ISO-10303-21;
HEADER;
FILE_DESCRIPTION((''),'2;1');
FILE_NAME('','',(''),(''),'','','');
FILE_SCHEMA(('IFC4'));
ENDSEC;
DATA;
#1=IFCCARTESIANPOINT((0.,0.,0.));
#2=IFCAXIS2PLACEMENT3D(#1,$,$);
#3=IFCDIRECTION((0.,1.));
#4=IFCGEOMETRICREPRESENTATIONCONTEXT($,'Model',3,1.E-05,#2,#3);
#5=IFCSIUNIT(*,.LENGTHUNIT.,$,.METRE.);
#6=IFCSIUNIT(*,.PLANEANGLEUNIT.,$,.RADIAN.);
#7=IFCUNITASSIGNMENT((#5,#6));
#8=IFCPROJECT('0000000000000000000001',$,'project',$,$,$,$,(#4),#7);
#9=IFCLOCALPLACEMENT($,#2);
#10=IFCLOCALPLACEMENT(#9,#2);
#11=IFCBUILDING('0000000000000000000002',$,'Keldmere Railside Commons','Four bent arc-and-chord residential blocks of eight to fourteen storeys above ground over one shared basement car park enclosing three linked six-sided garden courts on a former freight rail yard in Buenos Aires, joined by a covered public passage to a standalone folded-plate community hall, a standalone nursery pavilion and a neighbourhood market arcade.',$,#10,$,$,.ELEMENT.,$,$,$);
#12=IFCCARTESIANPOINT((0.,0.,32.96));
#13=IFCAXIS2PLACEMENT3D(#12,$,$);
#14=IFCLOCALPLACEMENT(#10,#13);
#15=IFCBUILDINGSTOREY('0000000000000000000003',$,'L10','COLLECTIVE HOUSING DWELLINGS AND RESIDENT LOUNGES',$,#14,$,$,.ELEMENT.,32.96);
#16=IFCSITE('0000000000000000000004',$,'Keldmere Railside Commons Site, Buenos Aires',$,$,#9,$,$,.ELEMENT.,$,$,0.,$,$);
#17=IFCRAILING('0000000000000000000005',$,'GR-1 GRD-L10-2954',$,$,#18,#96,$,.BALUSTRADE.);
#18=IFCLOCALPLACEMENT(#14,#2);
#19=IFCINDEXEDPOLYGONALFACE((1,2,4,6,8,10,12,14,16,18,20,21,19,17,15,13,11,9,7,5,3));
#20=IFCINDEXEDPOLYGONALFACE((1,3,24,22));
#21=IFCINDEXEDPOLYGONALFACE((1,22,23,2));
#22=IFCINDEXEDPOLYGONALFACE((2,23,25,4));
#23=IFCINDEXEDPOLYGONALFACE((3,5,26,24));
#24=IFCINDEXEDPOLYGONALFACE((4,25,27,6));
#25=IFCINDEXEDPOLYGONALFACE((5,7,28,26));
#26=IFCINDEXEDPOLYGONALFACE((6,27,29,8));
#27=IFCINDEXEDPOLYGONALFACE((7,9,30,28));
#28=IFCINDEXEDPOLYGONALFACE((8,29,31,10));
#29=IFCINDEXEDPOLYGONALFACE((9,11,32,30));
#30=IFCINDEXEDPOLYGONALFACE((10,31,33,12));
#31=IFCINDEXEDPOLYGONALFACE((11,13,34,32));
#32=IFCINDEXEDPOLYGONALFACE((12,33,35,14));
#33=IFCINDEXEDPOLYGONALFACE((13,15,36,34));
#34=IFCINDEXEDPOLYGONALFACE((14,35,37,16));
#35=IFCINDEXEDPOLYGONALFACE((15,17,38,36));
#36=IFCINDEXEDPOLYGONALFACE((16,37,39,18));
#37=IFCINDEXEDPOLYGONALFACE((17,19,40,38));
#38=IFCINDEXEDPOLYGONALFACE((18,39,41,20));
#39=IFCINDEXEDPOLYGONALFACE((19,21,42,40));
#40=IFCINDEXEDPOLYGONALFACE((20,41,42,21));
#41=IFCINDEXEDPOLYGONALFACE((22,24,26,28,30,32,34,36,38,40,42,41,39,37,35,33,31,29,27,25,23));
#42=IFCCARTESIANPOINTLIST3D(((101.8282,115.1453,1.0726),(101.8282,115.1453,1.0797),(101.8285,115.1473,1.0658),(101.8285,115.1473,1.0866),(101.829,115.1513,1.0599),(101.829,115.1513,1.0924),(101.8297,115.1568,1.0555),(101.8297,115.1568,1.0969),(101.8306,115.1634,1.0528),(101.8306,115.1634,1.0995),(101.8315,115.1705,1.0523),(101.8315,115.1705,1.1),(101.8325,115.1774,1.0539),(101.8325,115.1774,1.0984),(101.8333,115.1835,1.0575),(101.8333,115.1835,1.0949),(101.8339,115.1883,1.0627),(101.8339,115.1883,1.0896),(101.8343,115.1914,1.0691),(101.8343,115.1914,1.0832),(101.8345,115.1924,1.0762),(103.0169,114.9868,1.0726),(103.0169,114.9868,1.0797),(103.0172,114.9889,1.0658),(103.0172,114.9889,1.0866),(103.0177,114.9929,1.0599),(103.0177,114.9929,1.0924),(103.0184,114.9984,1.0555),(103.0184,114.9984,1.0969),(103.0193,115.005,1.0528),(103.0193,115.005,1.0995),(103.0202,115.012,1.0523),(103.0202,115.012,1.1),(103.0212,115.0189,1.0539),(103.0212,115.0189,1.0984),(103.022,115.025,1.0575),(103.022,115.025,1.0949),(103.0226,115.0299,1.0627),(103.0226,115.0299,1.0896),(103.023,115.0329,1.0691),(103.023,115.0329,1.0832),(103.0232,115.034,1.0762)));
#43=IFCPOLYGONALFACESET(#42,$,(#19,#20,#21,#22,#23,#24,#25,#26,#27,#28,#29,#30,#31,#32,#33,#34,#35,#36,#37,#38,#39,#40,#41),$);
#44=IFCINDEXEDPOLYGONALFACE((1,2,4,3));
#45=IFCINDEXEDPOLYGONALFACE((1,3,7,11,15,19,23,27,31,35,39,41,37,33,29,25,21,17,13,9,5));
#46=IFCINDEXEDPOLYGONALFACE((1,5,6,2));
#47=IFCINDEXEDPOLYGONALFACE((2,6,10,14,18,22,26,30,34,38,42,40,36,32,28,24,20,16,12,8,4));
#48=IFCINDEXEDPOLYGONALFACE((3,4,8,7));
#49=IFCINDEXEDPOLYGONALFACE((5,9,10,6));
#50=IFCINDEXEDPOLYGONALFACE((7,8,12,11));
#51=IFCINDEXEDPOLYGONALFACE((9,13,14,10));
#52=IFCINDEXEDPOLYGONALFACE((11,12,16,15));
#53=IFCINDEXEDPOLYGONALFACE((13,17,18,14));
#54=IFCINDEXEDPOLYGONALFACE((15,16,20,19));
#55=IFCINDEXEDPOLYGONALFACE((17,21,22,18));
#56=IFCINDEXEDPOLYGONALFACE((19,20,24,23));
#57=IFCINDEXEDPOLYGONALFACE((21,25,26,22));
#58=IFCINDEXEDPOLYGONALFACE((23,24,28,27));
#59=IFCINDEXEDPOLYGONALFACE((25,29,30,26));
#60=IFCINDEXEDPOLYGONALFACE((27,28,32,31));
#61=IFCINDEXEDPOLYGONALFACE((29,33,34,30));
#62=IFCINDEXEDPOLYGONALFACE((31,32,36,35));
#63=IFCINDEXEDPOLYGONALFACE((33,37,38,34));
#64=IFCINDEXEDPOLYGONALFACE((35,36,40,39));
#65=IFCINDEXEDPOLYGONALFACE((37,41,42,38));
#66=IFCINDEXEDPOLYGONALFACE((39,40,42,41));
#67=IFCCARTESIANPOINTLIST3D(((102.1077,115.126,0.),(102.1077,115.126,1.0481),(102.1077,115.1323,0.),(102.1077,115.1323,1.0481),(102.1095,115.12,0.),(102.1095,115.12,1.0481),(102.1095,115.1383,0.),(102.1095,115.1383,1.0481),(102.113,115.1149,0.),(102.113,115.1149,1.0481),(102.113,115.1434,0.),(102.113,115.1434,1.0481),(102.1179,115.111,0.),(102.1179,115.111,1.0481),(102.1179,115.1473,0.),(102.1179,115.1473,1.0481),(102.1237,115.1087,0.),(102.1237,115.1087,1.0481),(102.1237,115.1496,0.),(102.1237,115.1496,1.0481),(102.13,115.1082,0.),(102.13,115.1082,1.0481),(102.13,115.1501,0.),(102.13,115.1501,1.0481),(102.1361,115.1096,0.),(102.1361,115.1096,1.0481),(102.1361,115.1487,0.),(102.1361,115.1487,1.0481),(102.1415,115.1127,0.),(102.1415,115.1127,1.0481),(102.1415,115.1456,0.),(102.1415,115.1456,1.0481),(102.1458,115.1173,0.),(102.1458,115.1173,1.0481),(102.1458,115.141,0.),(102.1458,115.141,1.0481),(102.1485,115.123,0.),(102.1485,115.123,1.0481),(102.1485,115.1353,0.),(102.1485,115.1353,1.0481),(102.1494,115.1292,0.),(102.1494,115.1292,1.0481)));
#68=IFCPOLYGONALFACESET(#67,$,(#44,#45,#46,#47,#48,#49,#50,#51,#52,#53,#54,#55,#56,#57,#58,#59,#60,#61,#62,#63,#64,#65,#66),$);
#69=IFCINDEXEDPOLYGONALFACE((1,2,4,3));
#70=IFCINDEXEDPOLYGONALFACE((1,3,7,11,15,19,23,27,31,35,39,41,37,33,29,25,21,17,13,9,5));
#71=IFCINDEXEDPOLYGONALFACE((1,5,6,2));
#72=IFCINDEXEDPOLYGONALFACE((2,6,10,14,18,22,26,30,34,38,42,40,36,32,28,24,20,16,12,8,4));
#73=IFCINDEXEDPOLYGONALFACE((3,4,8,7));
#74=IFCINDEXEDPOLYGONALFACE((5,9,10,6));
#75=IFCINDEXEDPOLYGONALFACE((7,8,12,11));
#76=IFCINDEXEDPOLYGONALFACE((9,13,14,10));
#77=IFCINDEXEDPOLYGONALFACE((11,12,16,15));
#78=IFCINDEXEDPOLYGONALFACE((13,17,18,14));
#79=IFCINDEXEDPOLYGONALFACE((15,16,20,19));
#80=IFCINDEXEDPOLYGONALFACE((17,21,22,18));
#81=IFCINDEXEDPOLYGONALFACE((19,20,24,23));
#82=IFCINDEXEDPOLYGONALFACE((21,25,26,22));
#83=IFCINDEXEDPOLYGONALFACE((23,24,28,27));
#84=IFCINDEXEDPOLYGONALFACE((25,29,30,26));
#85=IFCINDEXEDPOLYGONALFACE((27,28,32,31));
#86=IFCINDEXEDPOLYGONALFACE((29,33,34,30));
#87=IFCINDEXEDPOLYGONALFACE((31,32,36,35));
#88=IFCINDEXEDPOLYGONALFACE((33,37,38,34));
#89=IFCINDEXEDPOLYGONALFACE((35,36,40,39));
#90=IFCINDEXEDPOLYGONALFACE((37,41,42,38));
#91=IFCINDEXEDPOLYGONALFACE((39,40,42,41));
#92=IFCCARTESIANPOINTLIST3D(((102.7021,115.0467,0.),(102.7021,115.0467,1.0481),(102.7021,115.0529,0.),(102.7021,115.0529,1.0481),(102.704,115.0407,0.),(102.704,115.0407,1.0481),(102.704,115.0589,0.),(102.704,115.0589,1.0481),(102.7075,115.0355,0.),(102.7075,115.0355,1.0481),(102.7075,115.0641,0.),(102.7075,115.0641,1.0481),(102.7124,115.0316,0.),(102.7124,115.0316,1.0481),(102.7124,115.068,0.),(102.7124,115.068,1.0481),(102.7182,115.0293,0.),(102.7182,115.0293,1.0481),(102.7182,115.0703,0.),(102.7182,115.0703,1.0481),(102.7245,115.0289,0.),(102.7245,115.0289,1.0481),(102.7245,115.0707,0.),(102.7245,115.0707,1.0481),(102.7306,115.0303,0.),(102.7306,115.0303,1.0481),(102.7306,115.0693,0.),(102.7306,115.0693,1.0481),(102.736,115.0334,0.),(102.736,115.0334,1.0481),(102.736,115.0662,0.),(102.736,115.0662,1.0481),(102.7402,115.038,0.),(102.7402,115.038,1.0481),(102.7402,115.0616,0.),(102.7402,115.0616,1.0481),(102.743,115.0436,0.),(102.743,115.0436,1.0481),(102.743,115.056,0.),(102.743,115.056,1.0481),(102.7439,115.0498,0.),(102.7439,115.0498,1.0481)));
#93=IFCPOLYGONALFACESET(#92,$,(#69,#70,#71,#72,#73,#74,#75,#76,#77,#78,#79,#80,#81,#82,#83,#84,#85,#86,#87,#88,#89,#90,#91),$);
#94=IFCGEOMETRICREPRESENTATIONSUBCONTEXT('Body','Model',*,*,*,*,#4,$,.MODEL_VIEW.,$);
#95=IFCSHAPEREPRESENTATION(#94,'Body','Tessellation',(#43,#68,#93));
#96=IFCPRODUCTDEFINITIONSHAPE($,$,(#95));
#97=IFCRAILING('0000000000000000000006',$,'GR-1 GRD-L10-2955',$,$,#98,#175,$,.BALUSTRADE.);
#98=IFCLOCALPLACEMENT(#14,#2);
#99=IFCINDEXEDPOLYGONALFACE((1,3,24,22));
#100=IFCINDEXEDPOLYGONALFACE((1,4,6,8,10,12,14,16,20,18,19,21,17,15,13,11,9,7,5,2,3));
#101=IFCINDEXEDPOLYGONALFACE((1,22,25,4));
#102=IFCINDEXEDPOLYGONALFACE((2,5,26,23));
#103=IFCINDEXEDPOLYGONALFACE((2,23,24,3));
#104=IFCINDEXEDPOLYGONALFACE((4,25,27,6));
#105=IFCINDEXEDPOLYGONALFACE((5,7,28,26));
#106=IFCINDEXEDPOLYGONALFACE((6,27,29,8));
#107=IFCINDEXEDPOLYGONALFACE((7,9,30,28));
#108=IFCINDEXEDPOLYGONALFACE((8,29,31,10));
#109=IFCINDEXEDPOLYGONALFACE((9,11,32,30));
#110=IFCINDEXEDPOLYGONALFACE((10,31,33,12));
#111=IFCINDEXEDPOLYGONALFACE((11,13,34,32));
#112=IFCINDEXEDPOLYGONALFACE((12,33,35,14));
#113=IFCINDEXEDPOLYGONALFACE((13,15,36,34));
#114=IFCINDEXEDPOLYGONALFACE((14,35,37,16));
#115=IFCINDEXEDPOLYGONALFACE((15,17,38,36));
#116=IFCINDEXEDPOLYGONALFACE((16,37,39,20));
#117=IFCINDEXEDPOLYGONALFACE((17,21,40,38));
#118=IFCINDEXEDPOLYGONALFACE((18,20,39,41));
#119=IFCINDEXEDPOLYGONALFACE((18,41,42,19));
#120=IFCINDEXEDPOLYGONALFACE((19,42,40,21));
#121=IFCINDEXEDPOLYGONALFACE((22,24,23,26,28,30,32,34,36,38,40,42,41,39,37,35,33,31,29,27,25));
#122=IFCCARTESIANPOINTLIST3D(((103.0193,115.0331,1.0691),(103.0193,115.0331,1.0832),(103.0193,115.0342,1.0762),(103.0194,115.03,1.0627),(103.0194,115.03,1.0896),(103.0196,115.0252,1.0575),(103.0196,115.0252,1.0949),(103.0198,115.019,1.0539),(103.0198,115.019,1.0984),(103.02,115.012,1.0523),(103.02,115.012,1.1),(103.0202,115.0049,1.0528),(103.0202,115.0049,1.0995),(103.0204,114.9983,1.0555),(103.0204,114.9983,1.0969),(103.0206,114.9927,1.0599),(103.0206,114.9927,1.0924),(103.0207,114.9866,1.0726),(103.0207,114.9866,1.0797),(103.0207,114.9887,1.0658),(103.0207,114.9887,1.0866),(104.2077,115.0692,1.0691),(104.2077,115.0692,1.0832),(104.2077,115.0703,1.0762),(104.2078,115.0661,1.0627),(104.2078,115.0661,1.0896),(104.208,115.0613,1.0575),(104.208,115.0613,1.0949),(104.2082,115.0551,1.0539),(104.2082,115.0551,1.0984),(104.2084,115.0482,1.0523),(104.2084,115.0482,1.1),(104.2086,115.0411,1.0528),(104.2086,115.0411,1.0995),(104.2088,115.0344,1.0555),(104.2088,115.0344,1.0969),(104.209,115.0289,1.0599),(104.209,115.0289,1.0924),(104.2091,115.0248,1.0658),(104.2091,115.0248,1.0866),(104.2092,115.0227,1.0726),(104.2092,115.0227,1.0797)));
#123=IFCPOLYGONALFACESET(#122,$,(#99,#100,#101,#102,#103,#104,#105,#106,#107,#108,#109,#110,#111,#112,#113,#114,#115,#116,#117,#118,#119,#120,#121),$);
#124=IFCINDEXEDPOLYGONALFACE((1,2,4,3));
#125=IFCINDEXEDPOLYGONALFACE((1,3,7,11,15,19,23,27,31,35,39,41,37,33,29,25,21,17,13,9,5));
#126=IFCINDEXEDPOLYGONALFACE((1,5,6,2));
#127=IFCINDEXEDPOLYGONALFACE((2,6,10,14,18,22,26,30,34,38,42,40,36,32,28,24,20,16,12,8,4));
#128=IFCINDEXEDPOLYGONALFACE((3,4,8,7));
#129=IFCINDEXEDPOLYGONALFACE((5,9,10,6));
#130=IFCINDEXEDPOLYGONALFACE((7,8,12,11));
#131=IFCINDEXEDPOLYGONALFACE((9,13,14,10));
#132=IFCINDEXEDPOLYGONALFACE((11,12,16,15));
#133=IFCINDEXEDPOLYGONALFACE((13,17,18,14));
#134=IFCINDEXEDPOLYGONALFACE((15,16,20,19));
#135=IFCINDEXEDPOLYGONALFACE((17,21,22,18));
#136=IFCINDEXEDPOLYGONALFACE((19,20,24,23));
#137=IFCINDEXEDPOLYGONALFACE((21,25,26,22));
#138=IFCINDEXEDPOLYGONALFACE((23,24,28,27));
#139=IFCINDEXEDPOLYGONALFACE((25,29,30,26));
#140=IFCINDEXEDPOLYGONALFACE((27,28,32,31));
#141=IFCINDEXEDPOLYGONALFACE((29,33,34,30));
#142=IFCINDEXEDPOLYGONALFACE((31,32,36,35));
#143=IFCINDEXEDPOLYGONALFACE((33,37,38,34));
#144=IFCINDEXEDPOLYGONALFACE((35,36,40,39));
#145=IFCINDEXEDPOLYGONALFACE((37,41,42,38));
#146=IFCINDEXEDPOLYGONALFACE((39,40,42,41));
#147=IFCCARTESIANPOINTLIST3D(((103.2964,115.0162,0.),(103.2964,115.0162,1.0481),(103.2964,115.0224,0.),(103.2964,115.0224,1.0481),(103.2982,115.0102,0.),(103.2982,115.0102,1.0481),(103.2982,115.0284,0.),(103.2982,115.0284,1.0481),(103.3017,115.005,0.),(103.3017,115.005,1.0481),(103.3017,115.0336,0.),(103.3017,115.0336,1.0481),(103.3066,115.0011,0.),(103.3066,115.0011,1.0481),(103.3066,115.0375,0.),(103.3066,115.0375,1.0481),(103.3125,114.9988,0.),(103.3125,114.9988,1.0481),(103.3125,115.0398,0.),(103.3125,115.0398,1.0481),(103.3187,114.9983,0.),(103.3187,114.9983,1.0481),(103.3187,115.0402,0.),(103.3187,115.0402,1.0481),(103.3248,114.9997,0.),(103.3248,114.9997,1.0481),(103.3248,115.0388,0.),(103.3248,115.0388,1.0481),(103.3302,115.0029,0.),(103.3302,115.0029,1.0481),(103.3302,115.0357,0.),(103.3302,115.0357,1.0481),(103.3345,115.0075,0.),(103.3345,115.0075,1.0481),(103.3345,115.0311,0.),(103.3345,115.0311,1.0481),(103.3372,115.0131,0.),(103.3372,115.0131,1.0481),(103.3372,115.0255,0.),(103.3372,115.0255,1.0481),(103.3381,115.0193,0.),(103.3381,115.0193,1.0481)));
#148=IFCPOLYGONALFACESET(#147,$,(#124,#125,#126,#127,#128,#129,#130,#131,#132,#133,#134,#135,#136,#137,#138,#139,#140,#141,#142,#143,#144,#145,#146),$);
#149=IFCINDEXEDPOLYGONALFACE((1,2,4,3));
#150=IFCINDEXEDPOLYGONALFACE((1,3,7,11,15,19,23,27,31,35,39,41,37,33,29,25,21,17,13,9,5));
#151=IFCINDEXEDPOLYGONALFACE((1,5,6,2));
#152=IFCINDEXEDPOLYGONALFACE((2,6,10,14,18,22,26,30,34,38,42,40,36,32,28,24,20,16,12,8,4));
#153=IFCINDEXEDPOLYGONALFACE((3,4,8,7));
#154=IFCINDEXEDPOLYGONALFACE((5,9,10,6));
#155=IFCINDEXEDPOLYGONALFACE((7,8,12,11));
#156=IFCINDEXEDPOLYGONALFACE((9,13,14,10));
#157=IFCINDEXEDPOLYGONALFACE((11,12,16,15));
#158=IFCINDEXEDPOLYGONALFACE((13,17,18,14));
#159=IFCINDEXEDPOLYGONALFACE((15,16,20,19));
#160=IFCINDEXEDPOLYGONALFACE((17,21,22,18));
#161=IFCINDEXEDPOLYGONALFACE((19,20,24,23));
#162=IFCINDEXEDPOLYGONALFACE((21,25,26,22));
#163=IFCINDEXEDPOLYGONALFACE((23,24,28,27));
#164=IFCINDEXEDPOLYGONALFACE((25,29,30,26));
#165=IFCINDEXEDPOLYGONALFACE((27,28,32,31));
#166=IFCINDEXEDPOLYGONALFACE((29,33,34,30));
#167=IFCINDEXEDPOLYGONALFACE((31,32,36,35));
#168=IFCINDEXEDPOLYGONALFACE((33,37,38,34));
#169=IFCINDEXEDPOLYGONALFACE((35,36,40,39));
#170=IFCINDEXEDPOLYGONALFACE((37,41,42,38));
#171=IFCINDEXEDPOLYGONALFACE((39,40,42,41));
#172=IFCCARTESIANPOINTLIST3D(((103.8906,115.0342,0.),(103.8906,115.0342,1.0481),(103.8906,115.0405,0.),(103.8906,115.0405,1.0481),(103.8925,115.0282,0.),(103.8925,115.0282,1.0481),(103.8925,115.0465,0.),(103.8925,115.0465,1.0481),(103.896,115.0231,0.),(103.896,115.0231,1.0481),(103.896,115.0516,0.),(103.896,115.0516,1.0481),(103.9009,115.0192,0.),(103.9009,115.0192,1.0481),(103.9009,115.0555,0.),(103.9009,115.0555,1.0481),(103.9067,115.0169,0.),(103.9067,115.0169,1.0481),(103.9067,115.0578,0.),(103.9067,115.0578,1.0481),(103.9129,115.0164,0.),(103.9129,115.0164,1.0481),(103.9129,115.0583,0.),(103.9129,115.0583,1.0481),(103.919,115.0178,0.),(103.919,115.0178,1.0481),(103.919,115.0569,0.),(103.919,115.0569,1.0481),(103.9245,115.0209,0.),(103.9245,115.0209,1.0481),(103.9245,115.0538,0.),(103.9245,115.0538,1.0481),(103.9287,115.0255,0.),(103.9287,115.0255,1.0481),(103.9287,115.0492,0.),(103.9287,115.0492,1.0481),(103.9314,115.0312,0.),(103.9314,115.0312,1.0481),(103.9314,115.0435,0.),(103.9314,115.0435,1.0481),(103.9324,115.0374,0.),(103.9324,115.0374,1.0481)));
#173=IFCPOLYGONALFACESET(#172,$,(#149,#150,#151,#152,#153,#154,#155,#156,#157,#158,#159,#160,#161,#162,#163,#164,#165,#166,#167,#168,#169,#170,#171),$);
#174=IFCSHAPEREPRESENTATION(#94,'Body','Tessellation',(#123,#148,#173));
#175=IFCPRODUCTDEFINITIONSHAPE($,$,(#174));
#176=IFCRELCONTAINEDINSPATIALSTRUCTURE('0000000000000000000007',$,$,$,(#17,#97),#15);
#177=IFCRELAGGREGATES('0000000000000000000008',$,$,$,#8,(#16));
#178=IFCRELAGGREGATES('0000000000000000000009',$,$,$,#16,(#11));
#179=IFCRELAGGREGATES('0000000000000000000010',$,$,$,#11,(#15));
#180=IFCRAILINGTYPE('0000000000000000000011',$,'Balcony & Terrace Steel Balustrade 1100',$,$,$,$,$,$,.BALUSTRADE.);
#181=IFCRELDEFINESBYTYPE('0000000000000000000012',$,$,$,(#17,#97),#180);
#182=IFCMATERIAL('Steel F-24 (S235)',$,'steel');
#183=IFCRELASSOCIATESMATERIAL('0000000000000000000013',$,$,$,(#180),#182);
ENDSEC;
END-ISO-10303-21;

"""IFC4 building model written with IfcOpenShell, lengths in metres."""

from ifc_helpers import new_model, si_unit, direction, frame, origin, origin_2d, place, context, subcontext, project, spatial, circle, extrude, material, type_object, element, save


model = new_model("IFC4")

# Units and contexts
model_context = context("Model", 3, precision=1e-05, world=origin(), true_north=direction((0.0, 1.0)))
body_context = subcontext(model_context, "Body", "Model", "MODEL_VIEW")
ifc_project = project(units=[si_unit("LENGTHUNIT", "METRE"), si_unit("PLANEANGLEUNIT", "RADIAN")], contexts=[model_context])

# Site, building, storey
site_placement = place(None, origin())
site = spatial("IfcSite", under=ifc_project, at=site_placement, Name="Keldmere Railside Commons Site, Buenos Aires", CompositionType="ELEMENT", RefElevation=0.0)
building_placement = place(site_placement, origin())
building = spatial("IfcBuilding", under=site, at=building_placement, Name="Keldmere Railside Commons", Description="Four bent arc-and-chord residential blocks of eight to fourteen storeys above ground over one shared basement car park enclosing three linked six-sided garden courts on a former freight rail yard in Buenos Aires, joined by a covered public passage to a standalone folded-plate community hall, a standalone nursery pavilion and a neighbourhood market arcade.", CompositionType="ELEMENT")
storey_placement = place(building_placement, frame((0.0, 0.0, 32.96)))
storey = spatial("IfcBuildingStorey", under=building, at=storey_placement, Name="L10", Description="COLLECTIVE HOUSING DWELLINGS AND RESIDENT LOUNGES", CompositionType="ELEMENT", Elevation=32.96)

# Railings
ifc_material_1 = material(Name="Steel F-24 (S235)", Category="steel")
railing_type = type_object("IfcRailingType", Name="Balcony & Terrace Steel Balustrade 1100", PredefinedType="BALUSTRADE", material=ifc_material_1)
railing_1_placement = place(storey_placement, frame((101.8313, 115.1687, 0.0)))
element("IfcRailing", 1, at=railing_1_placement, inside=storey, type_object=railing_type, Name="GR-1 GRD-L10-2954", PredefinedType="BALUSTRADE", context=body_context, shape_type="SweptSolid", body=[
    extrude(circle(Radius=0.0239, at=origin_2d()), frame((0.0, 0.0, 1.0762), z_axis=(0.991233, -0.132124, 0.0), x_axis=(0.132124, 0.991233, 0.0)), (0.0, 0.0, 1.0), 1.1992),
    extrude(circle(Radius=0.021, at=origin_2d()), frame((0.2971, -0.0396, 0.0)), (0.0, 0.0, 1.0), 1.0481),
    extrude(circle(Radius=0.021, at=origin_2d()), frame((0.8916, -0.1189, 0.0)), (0.0, 0.0, 1.0), 1.0481),
])
railing_2_placement = place(storey_placement, frame((103.02, 115.0103, 0.0)))
element("IfcRailing", 2, at=railing_2_placement, inside=storey, type_object=railing_type, Name="GR-1 GRD-L10-2955", PredefinedType="BALUSTRADE", context=body_context, shape_type="SweptSolid", body=[
    extrude(circle(Radius=0.0239, at=origin_2d()), frame((0.0, 0.0, 1.0762), z_axis=(0.999538, 0.030389, 0.0), x_axis=(-0.030389, 0.999538, 0.0)), (0.0, 0.0, 1.0), 1.189),
    extrude(circle(Radius=0.021, at=origin_2d()), frame((0.2971, 0.009, 0.0)), (0.0, 0.0, 1.0), 1.0481),
    extrude(circle(Radius=0.021, at=origin_2d()), frame((0.8914, 0.0271, 0.0)), (0.0, 0.0, 1.0), 1.0481),
])

save(model, "model.ifc")
